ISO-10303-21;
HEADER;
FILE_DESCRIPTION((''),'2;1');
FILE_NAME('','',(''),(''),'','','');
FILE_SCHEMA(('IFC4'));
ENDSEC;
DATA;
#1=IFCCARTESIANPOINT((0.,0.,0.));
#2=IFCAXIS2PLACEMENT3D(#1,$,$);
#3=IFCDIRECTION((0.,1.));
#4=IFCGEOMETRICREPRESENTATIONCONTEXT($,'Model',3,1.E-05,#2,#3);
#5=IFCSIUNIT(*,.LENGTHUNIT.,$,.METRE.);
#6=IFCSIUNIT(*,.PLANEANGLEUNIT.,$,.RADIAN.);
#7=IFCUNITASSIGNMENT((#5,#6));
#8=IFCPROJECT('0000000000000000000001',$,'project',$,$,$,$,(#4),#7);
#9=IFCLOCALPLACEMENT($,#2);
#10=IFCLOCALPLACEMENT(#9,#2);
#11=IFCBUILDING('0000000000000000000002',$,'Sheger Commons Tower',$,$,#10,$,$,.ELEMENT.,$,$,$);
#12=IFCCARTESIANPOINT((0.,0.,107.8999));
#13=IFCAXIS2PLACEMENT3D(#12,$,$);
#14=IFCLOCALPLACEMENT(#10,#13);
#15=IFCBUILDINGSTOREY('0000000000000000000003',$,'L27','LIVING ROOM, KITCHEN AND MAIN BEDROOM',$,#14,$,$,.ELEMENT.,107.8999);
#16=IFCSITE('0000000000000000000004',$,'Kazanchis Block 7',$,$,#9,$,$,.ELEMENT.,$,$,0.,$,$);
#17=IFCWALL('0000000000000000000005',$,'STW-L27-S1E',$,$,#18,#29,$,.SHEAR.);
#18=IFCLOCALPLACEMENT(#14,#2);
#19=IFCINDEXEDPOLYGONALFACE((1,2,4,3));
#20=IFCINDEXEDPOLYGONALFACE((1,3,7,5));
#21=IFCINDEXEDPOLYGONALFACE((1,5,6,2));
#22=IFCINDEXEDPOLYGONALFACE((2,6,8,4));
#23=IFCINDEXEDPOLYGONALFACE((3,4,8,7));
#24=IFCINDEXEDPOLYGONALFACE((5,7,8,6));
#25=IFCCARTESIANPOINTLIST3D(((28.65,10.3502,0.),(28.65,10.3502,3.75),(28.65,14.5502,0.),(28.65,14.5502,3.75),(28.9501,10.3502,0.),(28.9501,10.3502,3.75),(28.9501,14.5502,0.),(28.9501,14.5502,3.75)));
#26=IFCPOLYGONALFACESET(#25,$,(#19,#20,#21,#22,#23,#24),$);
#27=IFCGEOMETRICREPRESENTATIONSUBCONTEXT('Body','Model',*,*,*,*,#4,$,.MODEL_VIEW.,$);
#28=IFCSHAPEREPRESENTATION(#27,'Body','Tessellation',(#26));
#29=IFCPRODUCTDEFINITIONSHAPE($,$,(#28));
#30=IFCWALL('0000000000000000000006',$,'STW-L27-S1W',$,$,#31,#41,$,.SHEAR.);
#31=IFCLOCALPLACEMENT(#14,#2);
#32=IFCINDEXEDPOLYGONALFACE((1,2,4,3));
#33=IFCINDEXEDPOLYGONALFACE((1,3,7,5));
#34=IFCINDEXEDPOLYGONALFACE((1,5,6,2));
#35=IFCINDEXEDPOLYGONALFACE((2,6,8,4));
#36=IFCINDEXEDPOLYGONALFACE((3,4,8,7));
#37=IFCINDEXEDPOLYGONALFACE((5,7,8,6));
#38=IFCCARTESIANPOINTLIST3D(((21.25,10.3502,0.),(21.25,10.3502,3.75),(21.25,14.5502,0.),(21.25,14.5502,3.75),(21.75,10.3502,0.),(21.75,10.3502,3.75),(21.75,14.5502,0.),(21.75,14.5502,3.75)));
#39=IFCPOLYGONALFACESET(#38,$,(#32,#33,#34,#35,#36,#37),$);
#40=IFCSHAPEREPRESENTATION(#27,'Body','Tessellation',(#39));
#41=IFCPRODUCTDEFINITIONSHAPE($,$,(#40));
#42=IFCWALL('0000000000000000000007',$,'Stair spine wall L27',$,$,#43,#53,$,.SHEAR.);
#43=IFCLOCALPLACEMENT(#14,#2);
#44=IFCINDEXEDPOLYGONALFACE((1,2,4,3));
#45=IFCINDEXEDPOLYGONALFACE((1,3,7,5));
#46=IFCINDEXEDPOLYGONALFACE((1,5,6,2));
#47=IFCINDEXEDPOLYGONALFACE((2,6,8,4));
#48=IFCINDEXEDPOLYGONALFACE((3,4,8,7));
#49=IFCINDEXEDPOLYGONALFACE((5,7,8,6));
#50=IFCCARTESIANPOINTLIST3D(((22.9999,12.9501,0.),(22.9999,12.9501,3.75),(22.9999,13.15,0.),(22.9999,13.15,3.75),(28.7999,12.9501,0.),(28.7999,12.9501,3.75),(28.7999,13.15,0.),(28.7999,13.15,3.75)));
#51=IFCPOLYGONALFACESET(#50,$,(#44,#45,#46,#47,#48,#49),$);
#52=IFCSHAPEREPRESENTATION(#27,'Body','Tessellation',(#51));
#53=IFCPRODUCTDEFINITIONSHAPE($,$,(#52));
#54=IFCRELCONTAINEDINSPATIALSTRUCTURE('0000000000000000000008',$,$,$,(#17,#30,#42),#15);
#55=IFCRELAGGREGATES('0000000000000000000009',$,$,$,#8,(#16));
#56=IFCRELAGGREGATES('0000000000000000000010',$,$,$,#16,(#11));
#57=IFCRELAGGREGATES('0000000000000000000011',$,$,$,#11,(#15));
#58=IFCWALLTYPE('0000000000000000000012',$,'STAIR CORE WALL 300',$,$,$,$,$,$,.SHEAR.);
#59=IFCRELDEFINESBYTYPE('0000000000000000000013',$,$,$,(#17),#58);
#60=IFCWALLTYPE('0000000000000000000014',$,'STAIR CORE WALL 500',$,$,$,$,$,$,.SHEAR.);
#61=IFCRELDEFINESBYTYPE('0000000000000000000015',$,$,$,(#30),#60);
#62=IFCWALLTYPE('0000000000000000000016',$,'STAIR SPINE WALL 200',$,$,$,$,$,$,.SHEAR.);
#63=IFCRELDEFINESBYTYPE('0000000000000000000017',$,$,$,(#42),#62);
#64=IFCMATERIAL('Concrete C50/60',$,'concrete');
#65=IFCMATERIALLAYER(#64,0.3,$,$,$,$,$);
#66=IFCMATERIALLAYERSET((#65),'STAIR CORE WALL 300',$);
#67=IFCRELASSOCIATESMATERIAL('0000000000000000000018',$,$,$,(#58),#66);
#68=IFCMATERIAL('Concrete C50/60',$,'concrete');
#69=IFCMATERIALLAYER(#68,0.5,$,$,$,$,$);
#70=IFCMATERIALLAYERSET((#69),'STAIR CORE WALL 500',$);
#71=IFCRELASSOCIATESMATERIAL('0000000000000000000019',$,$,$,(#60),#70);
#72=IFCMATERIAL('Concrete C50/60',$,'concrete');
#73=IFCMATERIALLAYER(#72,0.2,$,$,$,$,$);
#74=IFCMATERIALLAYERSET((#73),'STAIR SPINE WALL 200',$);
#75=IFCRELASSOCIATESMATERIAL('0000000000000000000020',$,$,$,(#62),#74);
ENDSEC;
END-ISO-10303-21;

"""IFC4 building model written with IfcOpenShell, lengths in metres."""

from ifc_helpers import new_model, si_unit, direction, frame, frame_2d, origin, place, context, subcontext, project, spatial, rectangle, extrude, material, layer, layer_set, type_object, element, save


model = new_model("IFC4")

# Units and contexts
model_context = context("Model", 3, precision=1e-05, world=origin(), true_north=direction((0.0, 1.0)))
body_context = subcontext(model_context, "Body", "Model", "MODEL_VIEW")
ifc_project = project(units=[si_unit("LENGTHUNIT", "METRE"), si_unit("PLANEANGLEUNIT", "RADIAN")], contexts=[model_context])

# Site, building, storey
site_placement = place(None, origin())
site = spatial("IfcSite", under=ifc_project, at=site_placement, Name="Kazanchis Block 7", CompositionType="ELEMENT", RefElevation=0.0)
building_placement = place(site_placement, origin())
building = spatial("IfcBuilding", under=site, at=building_placement, Name="Sheger Commons Tower", CompositionType="ELEMENT")
storey_placement = place(building_placement, frame((0.0, 0.0, 107.8999)))
storey = spatial("IfcBuildingStorey", under=building, at=storey_placement, Name="L27", Description="LIVING ROOM, KITCHEN AND MAIN BEDROOM", CompositionType="ELEMENT", Elevation=107.8999)

# Shared definitions
ifc_material_1 = material(Name="Concrete C50/60", Category="concrete")
ifc_layer_1 = layer(ifc_material_1, 0.3)
ifc_layer_set_1 = layer_set([ifc_layer_1], Name="STAIR CORE WALL 300")
wall_type_1 = type_object("IfcWallType", Name="STAIR CORE WALL 300", PredefinedType="SHEAR", material=ifc_layer_set_1)

# Walls
wall_1_placement = place(storey_placement, frame((28.8, 10.3501, 0.0), z_axis=(0.0, 0.0, 1.0), x_axis=(0.0, 1.0, 0.0)))
element("IfcWall", 1, at=wall_1_placement, inside=storey, type_object=wall_type_1, Name="STW-L27-S1E", PredefinedType="SHEAR", context=body_context, shape_type="SweptSolid", body=[
    extrude(rectangle(XDim=4.2, YDim=0.3, at=frame_2d((2.1001, 0.0))), origin(), (0.0, 0.0, 1.0), 3.75),
])
ifc_material_2 = material(Name="Concrete C50/60", Category="concrete")
ifc_layer_2 = layer(ifc_material_2, 0.5)
ifc_layer_set_2 = layer_set([ifc_layer_2], Name="STAIR CORE WALL 500")
wall_type_2 = type_object("IfcWallType", Name="STAIR CORE WALL 500", PredefinedType="SHEAR", material=ifc_layer_set_2)
wall_2_placement = place(storey_placement, frame((21.5, 10.3501, 0.0), z_axis=(0.0, 0.0, 1.0), x_axis=(0.0, 1.0, 0.0)))
element("IfcWall", 2, at=wall_2_placement, inside=storey, type_object=wall_type_2, Name="STW-L27-S1W", PredefinedType="SHEAR", context=body_context, shape_type="SweptSolid", body=[
    extrude(rectangle(XDim=4.2, YDim=0.5, at=frame_2d((2.1001, 0.0))), origin(), (0.0, 0.0, 1.0), 3.75),
])
ifc_material_3 = material(Name="Concrete C50/60", Category="concrete")
ifc_layer_3 = layer(ifc_material_3, 0.2)
ifc_layer_set_3 = layer_set([ifc_layer_3], Name="STAIR SPINE WALL 200")
wall_type_3 = type_object("IfcWallType", Name="STAIR SPINE WALL 200", PredefinedType="SHEAR", material=ifc_layer_set_3)
wall_3_placement = place(storey_placement, frame((23.0, 13.05, 0.0), z_axis=(0.0, 0.0, 1.0), x_axis=(1.0, 0.0, 0.0)))
element("IfcWall", 3, at=wall_3_placement, inside=storey, type_object=wall_type_3, Name="Stair spine wall L27", PredefinedType="SHEAR", context=body_context, shape_type="SweptSolid", body=[
    extrude(rectangle(XDim=5.8, YDim=0.2, at=frame_2d((2.8999, 0.0))), origin(), (0.0, 0.0, 1.0), 3.75),
])

save(model, "model.ifc")
